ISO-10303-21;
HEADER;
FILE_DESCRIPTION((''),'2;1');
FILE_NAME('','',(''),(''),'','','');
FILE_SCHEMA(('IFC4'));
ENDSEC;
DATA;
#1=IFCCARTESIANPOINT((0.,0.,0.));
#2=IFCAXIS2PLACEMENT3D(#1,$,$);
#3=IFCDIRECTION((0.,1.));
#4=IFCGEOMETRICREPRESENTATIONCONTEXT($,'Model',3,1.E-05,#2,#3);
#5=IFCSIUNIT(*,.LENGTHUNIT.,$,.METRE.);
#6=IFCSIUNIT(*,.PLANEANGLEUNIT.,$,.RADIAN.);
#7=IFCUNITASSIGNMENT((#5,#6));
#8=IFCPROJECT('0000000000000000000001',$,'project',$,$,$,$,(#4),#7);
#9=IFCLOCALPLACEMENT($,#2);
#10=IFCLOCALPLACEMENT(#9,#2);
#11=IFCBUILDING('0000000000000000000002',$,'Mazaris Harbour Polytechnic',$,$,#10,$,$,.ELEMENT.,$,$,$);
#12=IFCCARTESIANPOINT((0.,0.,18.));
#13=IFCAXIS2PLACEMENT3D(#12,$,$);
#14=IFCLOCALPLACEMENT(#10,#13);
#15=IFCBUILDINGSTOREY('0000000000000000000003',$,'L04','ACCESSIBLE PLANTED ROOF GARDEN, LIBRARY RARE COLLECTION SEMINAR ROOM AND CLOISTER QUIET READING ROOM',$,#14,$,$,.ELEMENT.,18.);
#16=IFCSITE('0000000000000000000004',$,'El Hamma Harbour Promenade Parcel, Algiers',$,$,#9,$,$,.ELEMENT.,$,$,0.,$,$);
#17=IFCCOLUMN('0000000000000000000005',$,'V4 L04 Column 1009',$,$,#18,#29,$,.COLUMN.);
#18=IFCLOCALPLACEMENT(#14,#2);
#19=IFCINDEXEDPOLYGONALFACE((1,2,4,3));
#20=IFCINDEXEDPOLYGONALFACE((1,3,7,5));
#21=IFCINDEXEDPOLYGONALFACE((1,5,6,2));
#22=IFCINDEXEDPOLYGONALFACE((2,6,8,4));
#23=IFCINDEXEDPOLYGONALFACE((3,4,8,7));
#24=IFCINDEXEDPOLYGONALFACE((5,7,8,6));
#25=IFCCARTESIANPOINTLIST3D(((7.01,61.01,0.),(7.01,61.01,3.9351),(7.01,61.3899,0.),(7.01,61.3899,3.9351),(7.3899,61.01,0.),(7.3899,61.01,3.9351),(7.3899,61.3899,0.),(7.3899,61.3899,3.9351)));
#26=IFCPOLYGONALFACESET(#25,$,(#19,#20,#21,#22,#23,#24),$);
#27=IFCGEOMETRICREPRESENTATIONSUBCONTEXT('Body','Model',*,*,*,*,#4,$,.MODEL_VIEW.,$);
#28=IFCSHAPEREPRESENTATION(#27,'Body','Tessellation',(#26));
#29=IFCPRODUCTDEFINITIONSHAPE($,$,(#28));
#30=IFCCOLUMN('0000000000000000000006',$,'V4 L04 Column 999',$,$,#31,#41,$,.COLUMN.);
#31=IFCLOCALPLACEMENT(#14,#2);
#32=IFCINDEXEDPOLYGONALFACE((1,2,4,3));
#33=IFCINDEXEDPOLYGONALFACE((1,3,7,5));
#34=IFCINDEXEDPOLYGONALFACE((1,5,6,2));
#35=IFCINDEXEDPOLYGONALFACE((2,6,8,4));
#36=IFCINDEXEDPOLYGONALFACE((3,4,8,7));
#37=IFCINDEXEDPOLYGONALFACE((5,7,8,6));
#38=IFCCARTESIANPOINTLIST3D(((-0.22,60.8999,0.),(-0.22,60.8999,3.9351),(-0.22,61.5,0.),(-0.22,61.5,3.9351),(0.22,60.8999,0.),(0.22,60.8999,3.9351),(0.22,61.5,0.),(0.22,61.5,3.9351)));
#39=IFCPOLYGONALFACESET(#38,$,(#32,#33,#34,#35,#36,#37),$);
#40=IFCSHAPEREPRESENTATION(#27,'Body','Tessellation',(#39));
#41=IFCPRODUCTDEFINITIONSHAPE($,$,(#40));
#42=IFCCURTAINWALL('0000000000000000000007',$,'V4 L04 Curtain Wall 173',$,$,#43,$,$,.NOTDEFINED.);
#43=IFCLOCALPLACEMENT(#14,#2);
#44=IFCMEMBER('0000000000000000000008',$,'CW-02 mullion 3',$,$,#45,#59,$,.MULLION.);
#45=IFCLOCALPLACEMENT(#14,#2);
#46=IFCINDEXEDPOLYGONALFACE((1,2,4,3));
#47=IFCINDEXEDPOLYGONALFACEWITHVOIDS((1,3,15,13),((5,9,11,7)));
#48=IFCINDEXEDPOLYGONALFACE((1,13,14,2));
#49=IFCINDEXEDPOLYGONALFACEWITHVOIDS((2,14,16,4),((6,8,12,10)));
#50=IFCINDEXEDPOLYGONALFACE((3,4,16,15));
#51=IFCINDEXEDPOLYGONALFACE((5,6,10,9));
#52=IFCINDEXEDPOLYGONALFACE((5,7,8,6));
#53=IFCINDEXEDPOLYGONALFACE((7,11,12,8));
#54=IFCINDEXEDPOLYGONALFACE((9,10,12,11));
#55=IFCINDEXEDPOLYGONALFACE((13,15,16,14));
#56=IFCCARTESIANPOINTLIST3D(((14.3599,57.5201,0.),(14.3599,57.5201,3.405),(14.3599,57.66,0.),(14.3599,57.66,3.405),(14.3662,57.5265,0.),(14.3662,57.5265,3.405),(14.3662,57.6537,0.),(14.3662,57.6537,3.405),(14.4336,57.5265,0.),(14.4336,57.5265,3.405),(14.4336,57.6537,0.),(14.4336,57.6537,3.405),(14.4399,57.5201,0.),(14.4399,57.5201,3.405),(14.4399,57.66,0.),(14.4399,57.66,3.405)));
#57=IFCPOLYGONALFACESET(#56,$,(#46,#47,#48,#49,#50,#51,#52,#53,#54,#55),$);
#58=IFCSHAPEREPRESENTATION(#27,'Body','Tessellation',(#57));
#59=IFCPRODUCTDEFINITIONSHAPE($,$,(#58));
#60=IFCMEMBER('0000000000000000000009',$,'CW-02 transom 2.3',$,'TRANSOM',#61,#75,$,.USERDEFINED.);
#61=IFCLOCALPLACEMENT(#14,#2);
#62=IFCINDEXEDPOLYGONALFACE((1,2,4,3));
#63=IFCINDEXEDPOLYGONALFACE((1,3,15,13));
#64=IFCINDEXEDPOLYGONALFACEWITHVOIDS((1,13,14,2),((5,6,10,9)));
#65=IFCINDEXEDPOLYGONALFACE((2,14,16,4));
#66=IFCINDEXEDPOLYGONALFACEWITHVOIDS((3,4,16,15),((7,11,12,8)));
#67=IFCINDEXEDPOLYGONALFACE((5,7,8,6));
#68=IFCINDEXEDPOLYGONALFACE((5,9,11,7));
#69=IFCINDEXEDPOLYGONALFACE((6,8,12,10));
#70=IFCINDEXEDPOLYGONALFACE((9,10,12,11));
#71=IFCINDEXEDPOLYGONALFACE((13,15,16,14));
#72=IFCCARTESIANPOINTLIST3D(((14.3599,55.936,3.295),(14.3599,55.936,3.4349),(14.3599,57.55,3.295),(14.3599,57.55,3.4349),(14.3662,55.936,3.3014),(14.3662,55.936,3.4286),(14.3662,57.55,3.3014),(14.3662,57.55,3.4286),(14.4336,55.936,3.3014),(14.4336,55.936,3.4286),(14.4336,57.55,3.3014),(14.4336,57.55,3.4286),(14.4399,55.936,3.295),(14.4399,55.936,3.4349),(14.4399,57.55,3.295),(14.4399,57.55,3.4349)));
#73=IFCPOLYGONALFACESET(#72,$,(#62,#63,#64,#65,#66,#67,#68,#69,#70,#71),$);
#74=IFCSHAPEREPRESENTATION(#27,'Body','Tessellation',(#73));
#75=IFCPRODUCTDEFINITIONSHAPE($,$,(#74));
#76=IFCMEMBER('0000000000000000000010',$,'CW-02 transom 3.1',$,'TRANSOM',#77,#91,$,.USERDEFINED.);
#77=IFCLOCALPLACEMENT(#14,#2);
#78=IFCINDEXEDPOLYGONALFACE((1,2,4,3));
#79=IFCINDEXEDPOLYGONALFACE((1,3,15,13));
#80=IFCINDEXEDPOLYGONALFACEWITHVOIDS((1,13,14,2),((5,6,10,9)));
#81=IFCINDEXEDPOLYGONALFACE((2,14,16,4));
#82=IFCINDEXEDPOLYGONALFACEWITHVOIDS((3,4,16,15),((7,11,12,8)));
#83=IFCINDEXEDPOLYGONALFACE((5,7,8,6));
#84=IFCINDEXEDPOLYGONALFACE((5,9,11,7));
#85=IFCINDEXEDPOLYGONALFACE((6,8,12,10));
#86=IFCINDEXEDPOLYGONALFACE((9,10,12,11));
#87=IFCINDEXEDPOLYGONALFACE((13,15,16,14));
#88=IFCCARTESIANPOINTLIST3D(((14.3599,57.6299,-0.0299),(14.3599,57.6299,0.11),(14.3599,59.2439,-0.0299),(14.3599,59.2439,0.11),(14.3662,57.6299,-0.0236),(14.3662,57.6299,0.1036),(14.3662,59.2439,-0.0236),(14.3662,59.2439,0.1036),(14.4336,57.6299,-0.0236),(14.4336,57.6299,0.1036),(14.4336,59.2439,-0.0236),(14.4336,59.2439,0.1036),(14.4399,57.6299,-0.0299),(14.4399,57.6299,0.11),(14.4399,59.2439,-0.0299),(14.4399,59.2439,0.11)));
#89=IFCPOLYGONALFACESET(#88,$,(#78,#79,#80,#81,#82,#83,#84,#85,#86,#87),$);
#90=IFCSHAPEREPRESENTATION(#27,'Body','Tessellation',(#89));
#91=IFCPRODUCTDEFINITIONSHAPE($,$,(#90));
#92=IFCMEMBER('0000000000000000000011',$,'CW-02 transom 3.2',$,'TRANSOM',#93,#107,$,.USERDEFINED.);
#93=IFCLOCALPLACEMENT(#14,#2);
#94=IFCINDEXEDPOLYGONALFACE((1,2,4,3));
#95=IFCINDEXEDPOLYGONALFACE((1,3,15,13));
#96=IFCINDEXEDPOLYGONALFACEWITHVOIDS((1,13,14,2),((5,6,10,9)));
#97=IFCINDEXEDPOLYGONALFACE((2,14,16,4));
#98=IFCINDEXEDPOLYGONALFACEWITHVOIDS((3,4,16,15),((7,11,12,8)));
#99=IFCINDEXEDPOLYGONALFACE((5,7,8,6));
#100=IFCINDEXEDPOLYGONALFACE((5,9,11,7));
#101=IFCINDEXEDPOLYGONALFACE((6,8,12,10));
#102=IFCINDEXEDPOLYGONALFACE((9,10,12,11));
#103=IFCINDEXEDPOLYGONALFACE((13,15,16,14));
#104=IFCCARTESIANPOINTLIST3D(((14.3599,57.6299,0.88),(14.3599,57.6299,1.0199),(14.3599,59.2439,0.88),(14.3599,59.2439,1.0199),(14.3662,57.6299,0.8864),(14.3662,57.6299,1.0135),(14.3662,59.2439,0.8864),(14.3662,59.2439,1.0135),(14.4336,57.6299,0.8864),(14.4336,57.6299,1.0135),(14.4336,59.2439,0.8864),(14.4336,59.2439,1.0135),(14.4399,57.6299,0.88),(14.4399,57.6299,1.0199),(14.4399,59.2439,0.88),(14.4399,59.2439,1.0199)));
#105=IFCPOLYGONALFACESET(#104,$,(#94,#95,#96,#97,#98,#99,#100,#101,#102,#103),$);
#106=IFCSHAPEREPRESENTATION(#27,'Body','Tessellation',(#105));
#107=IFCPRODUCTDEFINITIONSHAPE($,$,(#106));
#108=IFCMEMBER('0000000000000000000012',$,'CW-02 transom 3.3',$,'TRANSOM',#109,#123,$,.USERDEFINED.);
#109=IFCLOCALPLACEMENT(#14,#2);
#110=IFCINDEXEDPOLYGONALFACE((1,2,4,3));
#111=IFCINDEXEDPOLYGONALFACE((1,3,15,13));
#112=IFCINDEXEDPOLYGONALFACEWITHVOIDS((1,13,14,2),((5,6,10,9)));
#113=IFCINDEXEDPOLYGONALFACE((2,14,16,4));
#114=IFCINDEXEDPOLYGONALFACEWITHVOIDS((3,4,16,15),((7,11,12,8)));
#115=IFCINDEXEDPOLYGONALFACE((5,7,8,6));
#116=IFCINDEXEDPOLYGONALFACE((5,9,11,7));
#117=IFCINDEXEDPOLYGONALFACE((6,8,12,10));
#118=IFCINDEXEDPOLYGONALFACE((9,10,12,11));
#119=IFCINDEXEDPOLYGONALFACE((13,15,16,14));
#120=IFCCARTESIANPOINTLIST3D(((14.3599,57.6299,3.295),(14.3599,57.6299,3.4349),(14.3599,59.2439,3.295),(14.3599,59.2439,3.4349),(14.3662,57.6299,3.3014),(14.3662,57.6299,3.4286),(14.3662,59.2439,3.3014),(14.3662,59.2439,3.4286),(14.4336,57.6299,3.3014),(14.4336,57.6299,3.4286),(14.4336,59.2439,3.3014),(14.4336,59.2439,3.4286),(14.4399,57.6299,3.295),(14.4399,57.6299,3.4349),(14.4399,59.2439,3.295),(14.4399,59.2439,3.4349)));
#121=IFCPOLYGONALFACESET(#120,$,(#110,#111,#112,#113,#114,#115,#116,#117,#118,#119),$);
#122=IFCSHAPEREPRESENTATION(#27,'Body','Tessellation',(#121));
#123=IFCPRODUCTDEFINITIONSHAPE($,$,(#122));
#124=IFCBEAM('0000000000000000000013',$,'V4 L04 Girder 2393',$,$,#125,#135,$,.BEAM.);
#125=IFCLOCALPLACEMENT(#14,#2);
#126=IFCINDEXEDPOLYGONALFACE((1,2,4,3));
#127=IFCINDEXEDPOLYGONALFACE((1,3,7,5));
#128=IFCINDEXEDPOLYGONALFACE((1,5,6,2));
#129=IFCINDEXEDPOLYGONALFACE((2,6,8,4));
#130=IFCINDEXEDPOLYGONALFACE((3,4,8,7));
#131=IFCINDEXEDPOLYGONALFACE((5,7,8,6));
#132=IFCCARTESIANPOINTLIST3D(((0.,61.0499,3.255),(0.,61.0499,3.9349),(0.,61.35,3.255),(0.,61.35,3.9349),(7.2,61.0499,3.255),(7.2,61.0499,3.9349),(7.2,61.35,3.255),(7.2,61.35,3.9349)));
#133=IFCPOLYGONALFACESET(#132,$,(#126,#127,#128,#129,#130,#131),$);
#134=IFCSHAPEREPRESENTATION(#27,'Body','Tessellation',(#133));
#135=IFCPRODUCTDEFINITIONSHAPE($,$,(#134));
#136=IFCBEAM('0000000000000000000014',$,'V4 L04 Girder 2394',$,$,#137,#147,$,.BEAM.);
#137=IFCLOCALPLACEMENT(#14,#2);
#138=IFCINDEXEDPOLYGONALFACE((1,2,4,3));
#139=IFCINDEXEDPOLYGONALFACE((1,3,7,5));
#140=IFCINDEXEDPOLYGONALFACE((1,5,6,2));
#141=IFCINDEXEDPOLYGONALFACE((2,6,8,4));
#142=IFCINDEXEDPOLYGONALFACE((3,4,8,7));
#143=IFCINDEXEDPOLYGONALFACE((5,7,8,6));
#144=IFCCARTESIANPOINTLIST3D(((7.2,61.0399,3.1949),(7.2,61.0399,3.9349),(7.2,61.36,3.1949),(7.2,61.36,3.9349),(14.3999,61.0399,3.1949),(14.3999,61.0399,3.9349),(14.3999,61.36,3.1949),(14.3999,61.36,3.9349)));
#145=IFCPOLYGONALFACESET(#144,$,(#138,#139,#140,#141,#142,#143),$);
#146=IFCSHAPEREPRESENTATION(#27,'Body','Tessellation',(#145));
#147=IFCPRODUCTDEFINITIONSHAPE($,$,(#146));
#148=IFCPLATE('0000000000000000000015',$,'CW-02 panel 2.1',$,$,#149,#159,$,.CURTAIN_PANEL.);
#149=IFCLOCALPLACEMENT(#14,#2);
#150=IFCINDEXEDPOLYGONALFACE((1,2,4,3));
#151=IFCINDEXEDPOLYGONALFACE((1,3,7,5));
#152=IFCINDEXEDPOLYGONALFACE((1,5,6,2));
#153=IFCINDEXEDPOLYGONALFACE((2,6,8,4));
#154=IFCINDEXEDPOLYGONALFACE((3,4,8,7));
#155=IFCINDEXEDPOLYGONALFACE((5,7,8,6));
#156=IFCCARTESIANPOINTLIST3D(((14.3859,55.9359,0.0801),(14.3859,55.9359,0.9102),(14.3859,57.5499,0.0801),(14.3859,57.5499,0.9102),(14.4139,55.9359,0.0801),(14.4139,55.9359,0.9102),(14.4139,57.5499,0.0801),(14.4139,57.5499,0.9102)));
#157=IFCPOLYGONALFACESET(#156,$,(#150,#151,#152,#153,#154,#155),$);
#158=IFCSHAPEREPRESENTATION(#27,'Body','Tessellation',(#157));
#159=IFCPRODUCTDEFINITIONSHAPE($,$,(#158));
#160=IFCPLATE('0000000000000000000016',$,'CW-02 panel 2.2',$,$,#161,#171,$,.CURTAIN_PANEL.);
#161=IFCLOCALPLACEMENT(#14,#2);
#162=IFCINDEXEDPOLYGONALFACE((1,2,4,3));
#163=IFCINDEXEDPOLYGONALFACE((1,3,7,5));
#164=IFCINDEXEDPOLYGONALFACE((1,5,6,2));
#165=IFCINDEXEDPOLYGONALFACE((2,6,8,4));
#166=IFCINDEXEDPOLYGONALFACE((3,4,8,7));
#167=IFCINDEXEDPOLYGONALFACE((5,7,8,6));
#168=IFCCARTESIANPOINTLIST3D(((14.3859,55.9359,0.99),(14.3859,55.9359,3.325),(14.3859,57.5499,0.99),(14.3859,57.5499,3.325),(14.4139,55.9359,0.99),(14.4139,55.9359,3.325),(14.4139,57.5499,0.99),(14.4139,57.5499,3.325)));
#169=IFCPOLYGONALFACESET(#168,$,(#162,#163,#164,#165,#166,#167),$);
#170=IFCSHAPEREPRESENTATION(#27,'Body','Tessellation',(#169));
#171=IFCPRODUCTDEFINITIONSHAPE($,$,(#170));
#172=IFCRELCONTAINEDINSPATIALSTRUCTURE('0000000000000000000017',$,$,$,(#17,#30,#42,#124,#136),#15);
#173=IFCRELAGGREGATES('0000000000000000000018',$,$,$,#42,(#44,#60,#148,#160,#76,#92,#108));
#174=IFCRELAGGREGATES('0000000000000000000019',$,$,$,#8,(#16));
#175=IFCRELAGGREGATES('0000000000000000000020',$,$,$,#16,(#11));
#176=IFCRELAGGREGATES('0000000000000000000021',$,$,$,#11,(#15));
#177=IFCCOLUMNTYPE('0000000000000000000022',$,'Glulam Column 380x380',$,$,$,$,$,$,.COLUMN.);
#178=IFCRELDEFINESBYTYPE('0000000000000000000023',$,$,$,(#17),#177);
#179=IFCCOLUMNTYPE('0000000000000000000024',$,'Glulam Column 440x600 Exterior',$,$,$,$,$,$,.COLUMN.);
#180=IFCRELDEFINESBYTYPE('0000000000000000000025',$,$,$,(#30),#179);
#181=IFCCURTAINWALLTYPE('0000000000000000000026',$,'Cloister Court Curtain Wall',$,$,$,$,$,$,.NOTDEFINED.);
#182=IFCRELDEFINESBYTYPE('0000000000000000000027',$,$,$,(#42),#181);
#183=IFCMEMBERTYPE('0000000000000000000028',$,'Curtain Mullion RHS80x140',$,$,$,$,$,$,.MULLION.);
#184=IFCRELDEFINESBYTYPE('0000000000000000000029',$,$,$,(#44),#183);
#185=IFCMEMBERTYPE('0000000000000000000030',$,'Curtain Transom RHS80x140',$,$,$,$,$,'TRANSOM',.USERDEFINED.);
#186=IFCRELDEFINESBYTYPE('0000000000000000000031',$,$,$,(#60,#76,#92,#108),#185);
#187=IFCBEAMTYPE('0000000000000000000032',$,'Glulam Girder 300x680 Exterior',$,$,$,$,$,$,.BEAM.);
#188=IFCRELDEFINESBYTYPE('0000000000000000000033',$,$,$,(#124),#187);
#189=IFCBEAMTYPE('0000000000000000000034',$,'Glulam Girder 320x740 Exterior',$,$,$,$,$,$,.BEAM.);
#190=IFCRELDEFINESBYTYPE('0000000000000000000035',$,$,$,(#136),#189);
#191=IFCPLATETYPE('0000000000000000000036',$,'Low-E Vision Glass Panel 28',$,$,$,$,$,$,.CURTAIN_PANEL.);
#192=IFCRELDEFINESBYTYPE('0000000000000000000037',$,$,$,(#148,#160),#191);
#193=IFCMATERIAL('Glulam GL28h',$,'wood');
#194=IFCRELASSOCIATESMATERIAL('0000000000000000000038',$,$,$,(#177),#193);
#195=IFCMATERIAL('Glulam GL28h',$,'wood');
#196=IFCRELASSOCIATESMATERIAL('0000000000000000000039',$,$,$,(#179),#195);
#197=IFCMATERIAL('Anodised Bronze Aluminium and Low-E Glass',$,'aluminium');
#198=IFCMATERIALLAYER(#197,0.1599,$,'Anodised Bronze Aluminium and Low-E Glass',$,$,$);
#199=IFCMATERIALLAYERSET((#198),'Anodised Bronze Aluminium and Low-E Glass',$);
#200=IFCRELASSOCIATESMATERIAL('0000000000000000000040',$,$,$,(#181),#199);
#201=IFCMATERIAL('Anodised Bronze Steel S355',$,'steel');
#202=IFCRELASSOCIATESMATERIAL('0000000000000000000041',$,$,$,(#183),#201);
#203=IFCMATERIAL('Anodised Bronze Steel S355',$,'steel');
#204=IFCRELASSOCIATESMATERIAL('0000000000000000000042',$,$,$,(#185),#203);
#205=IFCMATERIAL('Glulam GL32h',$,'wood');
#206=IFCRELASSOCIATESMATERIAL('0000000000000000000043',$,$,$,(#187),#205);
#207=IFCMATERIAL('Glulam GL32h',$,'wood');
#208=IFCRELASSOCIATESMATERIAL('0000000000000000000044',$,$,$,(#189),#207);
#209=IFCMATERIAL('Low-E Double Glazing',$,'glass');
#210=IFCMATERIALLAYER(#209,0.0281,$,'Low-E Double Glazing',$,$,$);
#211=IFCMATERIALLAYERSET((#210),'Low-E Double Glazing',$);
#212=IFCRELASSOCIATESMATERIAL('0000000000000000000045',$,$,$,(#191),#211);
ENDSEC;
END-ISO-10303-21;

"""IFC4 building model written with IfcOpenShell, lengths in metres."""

from ifc_helpers import new_model, si_unit, direction, frame, origin, origin_2d, place, context, subcontext, project, spatial, rectangle, hollow_rectangle, extrude, material, layer, layer_set, material_profile, profile_set, type_object, element, aggregate, save


model = new_model("IFC4")

# Units and contexts
model_context = context("Model", 3, precision=1e-05, world=origin(), true_north=direction((0.0, 1.0)))
body_context = subcontext(model_context, "Body", "Model", "MODEL_VIEW")
ifc_project = project(units=[si_unit("LENGTHUNIT", "METRE"), si_unit("PLANEANGLEUNIT", "RADIAN")], contexts=[model_context])

# Site, building, storey
site_placement = place(None, origin())
site = spatial("IfcSite", under=ifc_project, at=site_placement, Name="El Hamma Harbour Promenade Parcel, Algiers", CompositionType="ELEMENT", RefElevation=0.0)
building_placement = place(site_placement, origin())
building = spatial("IfcBuilding", under=site, at=building_placement, Name="Mazaris Harbour Polytechnic", CompositionType="ELEMENT")
storey_placement = place(building_placement, frame((0.0, 0.0, 18.0)))
storey = spatial("IfcBuildingStorey", under=building, at=storey_placement, Name="L04", Description="ACCESSIBLE PLANTED ROOF GARDEN, LIBRARY RARE COLLECTION SEMINAR ROOM AND CLOISTER QUIET READING ROOM", CompositionType="ELEMENT", Elevation=18.0)

# Columns
ifc_material_1 = material(Name="Glulam GL28h", Category="wood")
ifc_material_profile_1 = material_profile(ifc_material_1, rectangle(XDim=0.3799, YDim=0.3799, at=origin_2d()), Name="RECT380x380")
ifc_profile_set_1 = profile_set([ifc_material_profile_1], Name="Glulam GL28h")
column_type_1 = type_object("IfcColumnType", Name="Glulam Column 380x380", PredefinedType="COLUMN", material=ifc_profile_set_1)
column_1_placement = place(storey_placement, frame((7.2, 61.2, 0.0), z_axis=(0.0, 0.0, 1.0), x_axis=(1.0, 0.0, 0.0)))
element("IfcColumn", 1, at=column_1_placement, inside=storey, type_object=column_type_1, Name="V4 L04 Column 1009", PredefinedType="COLUMN", context=body_context, shape_type="SweptSolid", body=[
    extrude(rectangle(XDim=0.3799, YDim=0.3799, at=origin_2d()), origin(), (0.0, 0.0, 1.0), 3.9351),
])
ifc_material_2 = material(Name="Glulam GL28h", Category="wood")
ifc_material_profile_2 = material_profile(ifc_material_2, rectangle(XDim=0.4399, YDim=0.6001, at=origin_2d()), Name="RECT440x600")
ifc_profile_set_2 = profile_set([ifc_material_profile_2], Name="Glulam GL28h")
column_type_2 = type_object("IfcColumnType", Name="Glulam Column 440x600 Exterior", PredefinedType="COLUMN", material=ifc_profile_set_2)
column_2_placement = place(storey_placement, frame((0.0, 61.2, 0.0), z_axis=(0.0, 0.0, 1.0), x_axis=(1.0, 0.0, 0.0)))
element("IfcColumn", 2, at=column_2_placement, inside=storey, type_object=column_type_2, Name="V4 L04 Column 999", PredefinedType="COLUMN", context=body_context, shape_type="SweptSolid", body=[
    extrude(rectangle(XDim=0.4399, YDim=0.6001, at=origin_2d()), origin(), (0.0, 0.0, 1.0), 3.9351),
])

# Curtain wall, members
ifc_material_3 = material(Name="Anodised Bronze Aluminium and Low-E Glass", Category="aluminium")
ifc_layer_1 = layer(ifc_material_3, 0.1599, Name="Anodised Bronze Aluminium and Low-E Glass")
ifc_layer_set_1 = layer_set([ifc_layer_1], Name="Anodised Bronze Aluminium and Low-E Glass")
curtain_wall_type = type_object("IfcCurtainWallType", Name="Cloister Court Curtain Wall", PredefinedType="NOTDEFINED", material=ifc_layer_set_1)
curtain_wall_placement = place(storey_placement, origin())
curtain_wall = element("IfcCurtainWall", 3, at=curtain_wall_placement, inside=storey, type_object=curtain_wall_type, Name="V4 L04 Curtain Wall 173", PredefinedType="NOTDEFINED")
ifc_material_4 = material(Name="Anodised Bronze Steel S355", Category="steel")
ifc_material_profile_3 = material_profile(ifc_material_4, hollow_rectangle(XDim=0.0801, YDim=0.1399, WallThickness=0.0063, at=origin_2d()), Name="RHS 80x140x6.3")
ifc_profile_set_3 = profile_set([ifc_material_profile_3], Name="Anodised Bronze Steel S355")
member_type_1 = type_object("IfcMemberType", Name="Curtain Mullion RHS80x140", PredefinedType="MULLION", material=ifc_profile_set_3)
member_1_placement = place(storey_placement, frame((14.3999, 57.5901, 0.0), z_axis=(0.0, 0.0, 1.0), x_axis=(-1.0, 0.0, 0.0)))
member_1 = element("IfcMember", 4, at=member_1_placement, type_object=member_type_1, Name="CW-02 mullion 3", PredefinedType="MULLION", context=body_context, shape_type="SweptSolid", body=[
    extrude(hollow_rectangle(XDim=0.0801, YDim=0.1399, WallThickness=0.0063, at=origin_2d()), origin(), (0.0, 0.0, 1.0), 3.405),
])
ifc_material_5 = material(Name="Anodised Bronze Steel S355", Category="steel")
ifc_material_profile_4 = material_profile(ifc_material_5, hollow_rectangle(XDim=0.0801, YDim=0.1399, WallThickness=0.0063, at=origin_2d()), Name="RHS 80x140x6.3")
ifc_profile_set_4 = profile_set([ifc_material_profile_4], Name="Anodised Bronze Steel S355")
member_type_2 = type_object("IfcMemberType", Name="Curtain Transom RHS80x140", ElementType="TRANSOM", PredefinedType="USERDEFINED", material=ifc_profile_set_4)
member_2_placement = place(storey_placement, frame((14.3999, 55.936, 3.365), z_axis=(0.0, 1.0, 0.0), x_axis=(-1.0, 0.0, 0.0)))
member_2 = element("IfcMember", 5, at=member_2_placement, type_object=member_type_2, Name="CW-02 transom 2.3", ObjectType="TRANSOM", PredefinedType="USERDEFINED", context=body_context, shape_type="SweptSolid", body=[
    extrude(hollow_rectangle(XDim=0.0801, YDim=0.1399, WallThickness=0.0063, at=origin_2d()), origin(), (0.0, 0.0, 1.0), 1.614),
])
member_3_placement = place(storey_placement, frame((14.3999, 57.6299, 0.04), z_axis=(0.0, 1.0, 0.0), x_axis=(-1.0, 0.0, 0.0)))
member_3 = element("IfcMember", 6, at=member_3_placement, type_object=member_type_2, Name="CW-02 transom 3.1", ObjectType="TRANSOM", PredefinedType="USERDEFINED", context=body_context, shape_type="SweptSolid", body=[
    extrude(hollow_rectangle(XDim=0.0801, YDim=0.1399, WallThickness=0.0063, at=origin_2d()), origin(), (0.0, 0.0, 1.0), 1.614),
])
member_4_placement = place(storey_placement, frame((14.3999, 57.6299, 0.95), z_axis=(0.0, 1.0, 0.0), x_axis=(-1.0, 0.0, 0.0)))
member_4 = element("IfcMember", 7, at=member_4_placement, type_object=member_type_2, Name="CW-02 transom 3.2", ObjectType="TRANSOM", PredefinedType="USERDEFINED", context=body_context, shape_type="SweptSolid", body=[
    extrude(hollow_rectangle(XDim=0.0801, YDim=0.1399, WallThickness=0.0063, at=origin_2d()), origin(), (0.0, 0.0, 1.0), 1.614),
])
member_5_placement = place(storey_placement, frame((14.3999, 57.6299, 3.365), z_axis=(0.0, 1.0, 0.0), x_axis=(-1.0, 0.0, 0.0)))
member_5 = element("IfcMember", 8, at=member_5_placement, type_object=member_type_2, Name="CW-02 transom 3.3", ObjectType="TRANSOM", PredefinedType="USERDEFINED", context=body_context, shape_type="SweptSolid", body=[
    extrude(hollow_rectangle(XDim=0.0801, YDim=0.1399, WallThickness=0.0063, at=origin_2d()), origin(), (0.0, 0.0, 1.0), 1.614),
])

# Beams
ifc_material_6 = material(Name="Glulam GL32h", Category="wood")
ifc_material_profile_5 = material_profile(ifc_material_6, rectangle(XDim=0.3, YDim=0.6799, at=origin_2d()), Name="RECT300x680")
ifc_profile_set_5 = profile_set([ifc_material_profile_5], Name="Glulam GL32h")
beam_type_1 = type_object("IfcBeamType", Name="Glulam Girder 300x680 Exterior", PredefinedType="BEAM", material=ifc_profile_set_5)
beam_1_placement = place(storey_placement, frame((0.0, 61.2, 3.595), z_axis=(1.0, 0.0, 0.0), x_axis=(0.0, 1.0, 0.0)))
element("IfcBeam", 9, at=beam_1_placement, inside=storey, type_object=beam_type_1, Name="V4 L04 Girder 2393", PredefinedType="BEAM", context=body_context, shape_type="SweptSolid", body=[
    extrude(rectangle(XDim=0.3, YDim=0.6799, at=origin_2d()), origin(), (0.0, 0.0, 1.0), 7.2),
])
ifc_material_7 = material(Name="Glulam GL32h", Category="wood")
ifc_material_profile_6 = material_profile(ifc_material_7, rectangle(XDim=0.3201, YDim=0.74, at=origin_2d()), Name="RECT320x740")
ifc_profile_set_6 = profile_set([ifc_material_profile_6], Name="Glulam GL32h")
beam_type_2 = type_object("IfcBeamType", Name="Glulam Girder 320x740 Exterior", PredefinedType="BEAM", material=ifc_profile_set_6)
beam_2_placement = place(storey_placement, frame((7.2, 61.2, 3.5649), z_axis=(1.0, 0.0, 0.0), x_axis=(0.0, 1.0, 0.0)))
element("IfcBeam", 10, at=beam_2_placement, inside=storey, type_object=beam_type_2, Name="V4 L04 Girder 2394", PredefinedType="BEAM", context=body_context, shape_type="SweptSolid", body=[
    extrude(rectangle(XDim=0.3201, YDim=0.74, at=origin_2d()), origin(), (0.0, 0.0, 1.0), 7.2),
])

# Plates
ifc_material_8 = material(Name="Low-E Double Glazing", Category="glass")
ifc_layer_2 = layer(ifc_material_8, 0.0281, Name="Low-E Double Glazing")
ifc_layer_set_2 = layer_set([ifc_layer_2], Name="Low-E Double Glazing")
plate_type = type_object("IfcPlateType", Name="Low-E Vision Glass Panel 28", PredefinedType="CURTAIN_PANEL", material=ifc_layer_set_2)
plate_1_placement = place(storey_placement, frame((14.3999, 56.7429, 0.0801), z_axis=(0.0, 0.0, 1.0), x_axis=(0.0, 1.0, 0.0)))
plate_1 = element("IfcPlate", 11, at=plate_1_placement, type_object=plate_type, Name="CW-02 panel 2.1", PredefinedType="CURTAIN_PANEL", context=body_context, shape_type="SweptSolid", body=[
    extrude(rectangle(XDim=1.614, YDim=0.0281, at=origin_2d()), origin(), (0.0, 0.0, 1.0), 0.8301),
])
plate_2_placement = place(storey_placement, frame((14.3999, 56.7429, 0.99), z_axis=(0.0, 0.0, 1.0), x_axis=(0.0, 1.0, 0.0)))
plate_2 = element("IfcPlate", 12, at=plate_2_placement, type_object=plate_type, Name="CW-02 panel 2.2", PredefinedType="CURTAIN_PANEL", context=body_context, shape_type="SweptSolid", body=[
    extrude(rectangle(XDim=1.614, YDim=0.0281, at=origin_2d()), origin(), (0.0, 0.0, 1.0), 2.335),
])
aggregate(curtain_wall, [member_1, member_2, plate_1, plate_2, member_3, member_4, member_5])

save(model, "model.ifc")
